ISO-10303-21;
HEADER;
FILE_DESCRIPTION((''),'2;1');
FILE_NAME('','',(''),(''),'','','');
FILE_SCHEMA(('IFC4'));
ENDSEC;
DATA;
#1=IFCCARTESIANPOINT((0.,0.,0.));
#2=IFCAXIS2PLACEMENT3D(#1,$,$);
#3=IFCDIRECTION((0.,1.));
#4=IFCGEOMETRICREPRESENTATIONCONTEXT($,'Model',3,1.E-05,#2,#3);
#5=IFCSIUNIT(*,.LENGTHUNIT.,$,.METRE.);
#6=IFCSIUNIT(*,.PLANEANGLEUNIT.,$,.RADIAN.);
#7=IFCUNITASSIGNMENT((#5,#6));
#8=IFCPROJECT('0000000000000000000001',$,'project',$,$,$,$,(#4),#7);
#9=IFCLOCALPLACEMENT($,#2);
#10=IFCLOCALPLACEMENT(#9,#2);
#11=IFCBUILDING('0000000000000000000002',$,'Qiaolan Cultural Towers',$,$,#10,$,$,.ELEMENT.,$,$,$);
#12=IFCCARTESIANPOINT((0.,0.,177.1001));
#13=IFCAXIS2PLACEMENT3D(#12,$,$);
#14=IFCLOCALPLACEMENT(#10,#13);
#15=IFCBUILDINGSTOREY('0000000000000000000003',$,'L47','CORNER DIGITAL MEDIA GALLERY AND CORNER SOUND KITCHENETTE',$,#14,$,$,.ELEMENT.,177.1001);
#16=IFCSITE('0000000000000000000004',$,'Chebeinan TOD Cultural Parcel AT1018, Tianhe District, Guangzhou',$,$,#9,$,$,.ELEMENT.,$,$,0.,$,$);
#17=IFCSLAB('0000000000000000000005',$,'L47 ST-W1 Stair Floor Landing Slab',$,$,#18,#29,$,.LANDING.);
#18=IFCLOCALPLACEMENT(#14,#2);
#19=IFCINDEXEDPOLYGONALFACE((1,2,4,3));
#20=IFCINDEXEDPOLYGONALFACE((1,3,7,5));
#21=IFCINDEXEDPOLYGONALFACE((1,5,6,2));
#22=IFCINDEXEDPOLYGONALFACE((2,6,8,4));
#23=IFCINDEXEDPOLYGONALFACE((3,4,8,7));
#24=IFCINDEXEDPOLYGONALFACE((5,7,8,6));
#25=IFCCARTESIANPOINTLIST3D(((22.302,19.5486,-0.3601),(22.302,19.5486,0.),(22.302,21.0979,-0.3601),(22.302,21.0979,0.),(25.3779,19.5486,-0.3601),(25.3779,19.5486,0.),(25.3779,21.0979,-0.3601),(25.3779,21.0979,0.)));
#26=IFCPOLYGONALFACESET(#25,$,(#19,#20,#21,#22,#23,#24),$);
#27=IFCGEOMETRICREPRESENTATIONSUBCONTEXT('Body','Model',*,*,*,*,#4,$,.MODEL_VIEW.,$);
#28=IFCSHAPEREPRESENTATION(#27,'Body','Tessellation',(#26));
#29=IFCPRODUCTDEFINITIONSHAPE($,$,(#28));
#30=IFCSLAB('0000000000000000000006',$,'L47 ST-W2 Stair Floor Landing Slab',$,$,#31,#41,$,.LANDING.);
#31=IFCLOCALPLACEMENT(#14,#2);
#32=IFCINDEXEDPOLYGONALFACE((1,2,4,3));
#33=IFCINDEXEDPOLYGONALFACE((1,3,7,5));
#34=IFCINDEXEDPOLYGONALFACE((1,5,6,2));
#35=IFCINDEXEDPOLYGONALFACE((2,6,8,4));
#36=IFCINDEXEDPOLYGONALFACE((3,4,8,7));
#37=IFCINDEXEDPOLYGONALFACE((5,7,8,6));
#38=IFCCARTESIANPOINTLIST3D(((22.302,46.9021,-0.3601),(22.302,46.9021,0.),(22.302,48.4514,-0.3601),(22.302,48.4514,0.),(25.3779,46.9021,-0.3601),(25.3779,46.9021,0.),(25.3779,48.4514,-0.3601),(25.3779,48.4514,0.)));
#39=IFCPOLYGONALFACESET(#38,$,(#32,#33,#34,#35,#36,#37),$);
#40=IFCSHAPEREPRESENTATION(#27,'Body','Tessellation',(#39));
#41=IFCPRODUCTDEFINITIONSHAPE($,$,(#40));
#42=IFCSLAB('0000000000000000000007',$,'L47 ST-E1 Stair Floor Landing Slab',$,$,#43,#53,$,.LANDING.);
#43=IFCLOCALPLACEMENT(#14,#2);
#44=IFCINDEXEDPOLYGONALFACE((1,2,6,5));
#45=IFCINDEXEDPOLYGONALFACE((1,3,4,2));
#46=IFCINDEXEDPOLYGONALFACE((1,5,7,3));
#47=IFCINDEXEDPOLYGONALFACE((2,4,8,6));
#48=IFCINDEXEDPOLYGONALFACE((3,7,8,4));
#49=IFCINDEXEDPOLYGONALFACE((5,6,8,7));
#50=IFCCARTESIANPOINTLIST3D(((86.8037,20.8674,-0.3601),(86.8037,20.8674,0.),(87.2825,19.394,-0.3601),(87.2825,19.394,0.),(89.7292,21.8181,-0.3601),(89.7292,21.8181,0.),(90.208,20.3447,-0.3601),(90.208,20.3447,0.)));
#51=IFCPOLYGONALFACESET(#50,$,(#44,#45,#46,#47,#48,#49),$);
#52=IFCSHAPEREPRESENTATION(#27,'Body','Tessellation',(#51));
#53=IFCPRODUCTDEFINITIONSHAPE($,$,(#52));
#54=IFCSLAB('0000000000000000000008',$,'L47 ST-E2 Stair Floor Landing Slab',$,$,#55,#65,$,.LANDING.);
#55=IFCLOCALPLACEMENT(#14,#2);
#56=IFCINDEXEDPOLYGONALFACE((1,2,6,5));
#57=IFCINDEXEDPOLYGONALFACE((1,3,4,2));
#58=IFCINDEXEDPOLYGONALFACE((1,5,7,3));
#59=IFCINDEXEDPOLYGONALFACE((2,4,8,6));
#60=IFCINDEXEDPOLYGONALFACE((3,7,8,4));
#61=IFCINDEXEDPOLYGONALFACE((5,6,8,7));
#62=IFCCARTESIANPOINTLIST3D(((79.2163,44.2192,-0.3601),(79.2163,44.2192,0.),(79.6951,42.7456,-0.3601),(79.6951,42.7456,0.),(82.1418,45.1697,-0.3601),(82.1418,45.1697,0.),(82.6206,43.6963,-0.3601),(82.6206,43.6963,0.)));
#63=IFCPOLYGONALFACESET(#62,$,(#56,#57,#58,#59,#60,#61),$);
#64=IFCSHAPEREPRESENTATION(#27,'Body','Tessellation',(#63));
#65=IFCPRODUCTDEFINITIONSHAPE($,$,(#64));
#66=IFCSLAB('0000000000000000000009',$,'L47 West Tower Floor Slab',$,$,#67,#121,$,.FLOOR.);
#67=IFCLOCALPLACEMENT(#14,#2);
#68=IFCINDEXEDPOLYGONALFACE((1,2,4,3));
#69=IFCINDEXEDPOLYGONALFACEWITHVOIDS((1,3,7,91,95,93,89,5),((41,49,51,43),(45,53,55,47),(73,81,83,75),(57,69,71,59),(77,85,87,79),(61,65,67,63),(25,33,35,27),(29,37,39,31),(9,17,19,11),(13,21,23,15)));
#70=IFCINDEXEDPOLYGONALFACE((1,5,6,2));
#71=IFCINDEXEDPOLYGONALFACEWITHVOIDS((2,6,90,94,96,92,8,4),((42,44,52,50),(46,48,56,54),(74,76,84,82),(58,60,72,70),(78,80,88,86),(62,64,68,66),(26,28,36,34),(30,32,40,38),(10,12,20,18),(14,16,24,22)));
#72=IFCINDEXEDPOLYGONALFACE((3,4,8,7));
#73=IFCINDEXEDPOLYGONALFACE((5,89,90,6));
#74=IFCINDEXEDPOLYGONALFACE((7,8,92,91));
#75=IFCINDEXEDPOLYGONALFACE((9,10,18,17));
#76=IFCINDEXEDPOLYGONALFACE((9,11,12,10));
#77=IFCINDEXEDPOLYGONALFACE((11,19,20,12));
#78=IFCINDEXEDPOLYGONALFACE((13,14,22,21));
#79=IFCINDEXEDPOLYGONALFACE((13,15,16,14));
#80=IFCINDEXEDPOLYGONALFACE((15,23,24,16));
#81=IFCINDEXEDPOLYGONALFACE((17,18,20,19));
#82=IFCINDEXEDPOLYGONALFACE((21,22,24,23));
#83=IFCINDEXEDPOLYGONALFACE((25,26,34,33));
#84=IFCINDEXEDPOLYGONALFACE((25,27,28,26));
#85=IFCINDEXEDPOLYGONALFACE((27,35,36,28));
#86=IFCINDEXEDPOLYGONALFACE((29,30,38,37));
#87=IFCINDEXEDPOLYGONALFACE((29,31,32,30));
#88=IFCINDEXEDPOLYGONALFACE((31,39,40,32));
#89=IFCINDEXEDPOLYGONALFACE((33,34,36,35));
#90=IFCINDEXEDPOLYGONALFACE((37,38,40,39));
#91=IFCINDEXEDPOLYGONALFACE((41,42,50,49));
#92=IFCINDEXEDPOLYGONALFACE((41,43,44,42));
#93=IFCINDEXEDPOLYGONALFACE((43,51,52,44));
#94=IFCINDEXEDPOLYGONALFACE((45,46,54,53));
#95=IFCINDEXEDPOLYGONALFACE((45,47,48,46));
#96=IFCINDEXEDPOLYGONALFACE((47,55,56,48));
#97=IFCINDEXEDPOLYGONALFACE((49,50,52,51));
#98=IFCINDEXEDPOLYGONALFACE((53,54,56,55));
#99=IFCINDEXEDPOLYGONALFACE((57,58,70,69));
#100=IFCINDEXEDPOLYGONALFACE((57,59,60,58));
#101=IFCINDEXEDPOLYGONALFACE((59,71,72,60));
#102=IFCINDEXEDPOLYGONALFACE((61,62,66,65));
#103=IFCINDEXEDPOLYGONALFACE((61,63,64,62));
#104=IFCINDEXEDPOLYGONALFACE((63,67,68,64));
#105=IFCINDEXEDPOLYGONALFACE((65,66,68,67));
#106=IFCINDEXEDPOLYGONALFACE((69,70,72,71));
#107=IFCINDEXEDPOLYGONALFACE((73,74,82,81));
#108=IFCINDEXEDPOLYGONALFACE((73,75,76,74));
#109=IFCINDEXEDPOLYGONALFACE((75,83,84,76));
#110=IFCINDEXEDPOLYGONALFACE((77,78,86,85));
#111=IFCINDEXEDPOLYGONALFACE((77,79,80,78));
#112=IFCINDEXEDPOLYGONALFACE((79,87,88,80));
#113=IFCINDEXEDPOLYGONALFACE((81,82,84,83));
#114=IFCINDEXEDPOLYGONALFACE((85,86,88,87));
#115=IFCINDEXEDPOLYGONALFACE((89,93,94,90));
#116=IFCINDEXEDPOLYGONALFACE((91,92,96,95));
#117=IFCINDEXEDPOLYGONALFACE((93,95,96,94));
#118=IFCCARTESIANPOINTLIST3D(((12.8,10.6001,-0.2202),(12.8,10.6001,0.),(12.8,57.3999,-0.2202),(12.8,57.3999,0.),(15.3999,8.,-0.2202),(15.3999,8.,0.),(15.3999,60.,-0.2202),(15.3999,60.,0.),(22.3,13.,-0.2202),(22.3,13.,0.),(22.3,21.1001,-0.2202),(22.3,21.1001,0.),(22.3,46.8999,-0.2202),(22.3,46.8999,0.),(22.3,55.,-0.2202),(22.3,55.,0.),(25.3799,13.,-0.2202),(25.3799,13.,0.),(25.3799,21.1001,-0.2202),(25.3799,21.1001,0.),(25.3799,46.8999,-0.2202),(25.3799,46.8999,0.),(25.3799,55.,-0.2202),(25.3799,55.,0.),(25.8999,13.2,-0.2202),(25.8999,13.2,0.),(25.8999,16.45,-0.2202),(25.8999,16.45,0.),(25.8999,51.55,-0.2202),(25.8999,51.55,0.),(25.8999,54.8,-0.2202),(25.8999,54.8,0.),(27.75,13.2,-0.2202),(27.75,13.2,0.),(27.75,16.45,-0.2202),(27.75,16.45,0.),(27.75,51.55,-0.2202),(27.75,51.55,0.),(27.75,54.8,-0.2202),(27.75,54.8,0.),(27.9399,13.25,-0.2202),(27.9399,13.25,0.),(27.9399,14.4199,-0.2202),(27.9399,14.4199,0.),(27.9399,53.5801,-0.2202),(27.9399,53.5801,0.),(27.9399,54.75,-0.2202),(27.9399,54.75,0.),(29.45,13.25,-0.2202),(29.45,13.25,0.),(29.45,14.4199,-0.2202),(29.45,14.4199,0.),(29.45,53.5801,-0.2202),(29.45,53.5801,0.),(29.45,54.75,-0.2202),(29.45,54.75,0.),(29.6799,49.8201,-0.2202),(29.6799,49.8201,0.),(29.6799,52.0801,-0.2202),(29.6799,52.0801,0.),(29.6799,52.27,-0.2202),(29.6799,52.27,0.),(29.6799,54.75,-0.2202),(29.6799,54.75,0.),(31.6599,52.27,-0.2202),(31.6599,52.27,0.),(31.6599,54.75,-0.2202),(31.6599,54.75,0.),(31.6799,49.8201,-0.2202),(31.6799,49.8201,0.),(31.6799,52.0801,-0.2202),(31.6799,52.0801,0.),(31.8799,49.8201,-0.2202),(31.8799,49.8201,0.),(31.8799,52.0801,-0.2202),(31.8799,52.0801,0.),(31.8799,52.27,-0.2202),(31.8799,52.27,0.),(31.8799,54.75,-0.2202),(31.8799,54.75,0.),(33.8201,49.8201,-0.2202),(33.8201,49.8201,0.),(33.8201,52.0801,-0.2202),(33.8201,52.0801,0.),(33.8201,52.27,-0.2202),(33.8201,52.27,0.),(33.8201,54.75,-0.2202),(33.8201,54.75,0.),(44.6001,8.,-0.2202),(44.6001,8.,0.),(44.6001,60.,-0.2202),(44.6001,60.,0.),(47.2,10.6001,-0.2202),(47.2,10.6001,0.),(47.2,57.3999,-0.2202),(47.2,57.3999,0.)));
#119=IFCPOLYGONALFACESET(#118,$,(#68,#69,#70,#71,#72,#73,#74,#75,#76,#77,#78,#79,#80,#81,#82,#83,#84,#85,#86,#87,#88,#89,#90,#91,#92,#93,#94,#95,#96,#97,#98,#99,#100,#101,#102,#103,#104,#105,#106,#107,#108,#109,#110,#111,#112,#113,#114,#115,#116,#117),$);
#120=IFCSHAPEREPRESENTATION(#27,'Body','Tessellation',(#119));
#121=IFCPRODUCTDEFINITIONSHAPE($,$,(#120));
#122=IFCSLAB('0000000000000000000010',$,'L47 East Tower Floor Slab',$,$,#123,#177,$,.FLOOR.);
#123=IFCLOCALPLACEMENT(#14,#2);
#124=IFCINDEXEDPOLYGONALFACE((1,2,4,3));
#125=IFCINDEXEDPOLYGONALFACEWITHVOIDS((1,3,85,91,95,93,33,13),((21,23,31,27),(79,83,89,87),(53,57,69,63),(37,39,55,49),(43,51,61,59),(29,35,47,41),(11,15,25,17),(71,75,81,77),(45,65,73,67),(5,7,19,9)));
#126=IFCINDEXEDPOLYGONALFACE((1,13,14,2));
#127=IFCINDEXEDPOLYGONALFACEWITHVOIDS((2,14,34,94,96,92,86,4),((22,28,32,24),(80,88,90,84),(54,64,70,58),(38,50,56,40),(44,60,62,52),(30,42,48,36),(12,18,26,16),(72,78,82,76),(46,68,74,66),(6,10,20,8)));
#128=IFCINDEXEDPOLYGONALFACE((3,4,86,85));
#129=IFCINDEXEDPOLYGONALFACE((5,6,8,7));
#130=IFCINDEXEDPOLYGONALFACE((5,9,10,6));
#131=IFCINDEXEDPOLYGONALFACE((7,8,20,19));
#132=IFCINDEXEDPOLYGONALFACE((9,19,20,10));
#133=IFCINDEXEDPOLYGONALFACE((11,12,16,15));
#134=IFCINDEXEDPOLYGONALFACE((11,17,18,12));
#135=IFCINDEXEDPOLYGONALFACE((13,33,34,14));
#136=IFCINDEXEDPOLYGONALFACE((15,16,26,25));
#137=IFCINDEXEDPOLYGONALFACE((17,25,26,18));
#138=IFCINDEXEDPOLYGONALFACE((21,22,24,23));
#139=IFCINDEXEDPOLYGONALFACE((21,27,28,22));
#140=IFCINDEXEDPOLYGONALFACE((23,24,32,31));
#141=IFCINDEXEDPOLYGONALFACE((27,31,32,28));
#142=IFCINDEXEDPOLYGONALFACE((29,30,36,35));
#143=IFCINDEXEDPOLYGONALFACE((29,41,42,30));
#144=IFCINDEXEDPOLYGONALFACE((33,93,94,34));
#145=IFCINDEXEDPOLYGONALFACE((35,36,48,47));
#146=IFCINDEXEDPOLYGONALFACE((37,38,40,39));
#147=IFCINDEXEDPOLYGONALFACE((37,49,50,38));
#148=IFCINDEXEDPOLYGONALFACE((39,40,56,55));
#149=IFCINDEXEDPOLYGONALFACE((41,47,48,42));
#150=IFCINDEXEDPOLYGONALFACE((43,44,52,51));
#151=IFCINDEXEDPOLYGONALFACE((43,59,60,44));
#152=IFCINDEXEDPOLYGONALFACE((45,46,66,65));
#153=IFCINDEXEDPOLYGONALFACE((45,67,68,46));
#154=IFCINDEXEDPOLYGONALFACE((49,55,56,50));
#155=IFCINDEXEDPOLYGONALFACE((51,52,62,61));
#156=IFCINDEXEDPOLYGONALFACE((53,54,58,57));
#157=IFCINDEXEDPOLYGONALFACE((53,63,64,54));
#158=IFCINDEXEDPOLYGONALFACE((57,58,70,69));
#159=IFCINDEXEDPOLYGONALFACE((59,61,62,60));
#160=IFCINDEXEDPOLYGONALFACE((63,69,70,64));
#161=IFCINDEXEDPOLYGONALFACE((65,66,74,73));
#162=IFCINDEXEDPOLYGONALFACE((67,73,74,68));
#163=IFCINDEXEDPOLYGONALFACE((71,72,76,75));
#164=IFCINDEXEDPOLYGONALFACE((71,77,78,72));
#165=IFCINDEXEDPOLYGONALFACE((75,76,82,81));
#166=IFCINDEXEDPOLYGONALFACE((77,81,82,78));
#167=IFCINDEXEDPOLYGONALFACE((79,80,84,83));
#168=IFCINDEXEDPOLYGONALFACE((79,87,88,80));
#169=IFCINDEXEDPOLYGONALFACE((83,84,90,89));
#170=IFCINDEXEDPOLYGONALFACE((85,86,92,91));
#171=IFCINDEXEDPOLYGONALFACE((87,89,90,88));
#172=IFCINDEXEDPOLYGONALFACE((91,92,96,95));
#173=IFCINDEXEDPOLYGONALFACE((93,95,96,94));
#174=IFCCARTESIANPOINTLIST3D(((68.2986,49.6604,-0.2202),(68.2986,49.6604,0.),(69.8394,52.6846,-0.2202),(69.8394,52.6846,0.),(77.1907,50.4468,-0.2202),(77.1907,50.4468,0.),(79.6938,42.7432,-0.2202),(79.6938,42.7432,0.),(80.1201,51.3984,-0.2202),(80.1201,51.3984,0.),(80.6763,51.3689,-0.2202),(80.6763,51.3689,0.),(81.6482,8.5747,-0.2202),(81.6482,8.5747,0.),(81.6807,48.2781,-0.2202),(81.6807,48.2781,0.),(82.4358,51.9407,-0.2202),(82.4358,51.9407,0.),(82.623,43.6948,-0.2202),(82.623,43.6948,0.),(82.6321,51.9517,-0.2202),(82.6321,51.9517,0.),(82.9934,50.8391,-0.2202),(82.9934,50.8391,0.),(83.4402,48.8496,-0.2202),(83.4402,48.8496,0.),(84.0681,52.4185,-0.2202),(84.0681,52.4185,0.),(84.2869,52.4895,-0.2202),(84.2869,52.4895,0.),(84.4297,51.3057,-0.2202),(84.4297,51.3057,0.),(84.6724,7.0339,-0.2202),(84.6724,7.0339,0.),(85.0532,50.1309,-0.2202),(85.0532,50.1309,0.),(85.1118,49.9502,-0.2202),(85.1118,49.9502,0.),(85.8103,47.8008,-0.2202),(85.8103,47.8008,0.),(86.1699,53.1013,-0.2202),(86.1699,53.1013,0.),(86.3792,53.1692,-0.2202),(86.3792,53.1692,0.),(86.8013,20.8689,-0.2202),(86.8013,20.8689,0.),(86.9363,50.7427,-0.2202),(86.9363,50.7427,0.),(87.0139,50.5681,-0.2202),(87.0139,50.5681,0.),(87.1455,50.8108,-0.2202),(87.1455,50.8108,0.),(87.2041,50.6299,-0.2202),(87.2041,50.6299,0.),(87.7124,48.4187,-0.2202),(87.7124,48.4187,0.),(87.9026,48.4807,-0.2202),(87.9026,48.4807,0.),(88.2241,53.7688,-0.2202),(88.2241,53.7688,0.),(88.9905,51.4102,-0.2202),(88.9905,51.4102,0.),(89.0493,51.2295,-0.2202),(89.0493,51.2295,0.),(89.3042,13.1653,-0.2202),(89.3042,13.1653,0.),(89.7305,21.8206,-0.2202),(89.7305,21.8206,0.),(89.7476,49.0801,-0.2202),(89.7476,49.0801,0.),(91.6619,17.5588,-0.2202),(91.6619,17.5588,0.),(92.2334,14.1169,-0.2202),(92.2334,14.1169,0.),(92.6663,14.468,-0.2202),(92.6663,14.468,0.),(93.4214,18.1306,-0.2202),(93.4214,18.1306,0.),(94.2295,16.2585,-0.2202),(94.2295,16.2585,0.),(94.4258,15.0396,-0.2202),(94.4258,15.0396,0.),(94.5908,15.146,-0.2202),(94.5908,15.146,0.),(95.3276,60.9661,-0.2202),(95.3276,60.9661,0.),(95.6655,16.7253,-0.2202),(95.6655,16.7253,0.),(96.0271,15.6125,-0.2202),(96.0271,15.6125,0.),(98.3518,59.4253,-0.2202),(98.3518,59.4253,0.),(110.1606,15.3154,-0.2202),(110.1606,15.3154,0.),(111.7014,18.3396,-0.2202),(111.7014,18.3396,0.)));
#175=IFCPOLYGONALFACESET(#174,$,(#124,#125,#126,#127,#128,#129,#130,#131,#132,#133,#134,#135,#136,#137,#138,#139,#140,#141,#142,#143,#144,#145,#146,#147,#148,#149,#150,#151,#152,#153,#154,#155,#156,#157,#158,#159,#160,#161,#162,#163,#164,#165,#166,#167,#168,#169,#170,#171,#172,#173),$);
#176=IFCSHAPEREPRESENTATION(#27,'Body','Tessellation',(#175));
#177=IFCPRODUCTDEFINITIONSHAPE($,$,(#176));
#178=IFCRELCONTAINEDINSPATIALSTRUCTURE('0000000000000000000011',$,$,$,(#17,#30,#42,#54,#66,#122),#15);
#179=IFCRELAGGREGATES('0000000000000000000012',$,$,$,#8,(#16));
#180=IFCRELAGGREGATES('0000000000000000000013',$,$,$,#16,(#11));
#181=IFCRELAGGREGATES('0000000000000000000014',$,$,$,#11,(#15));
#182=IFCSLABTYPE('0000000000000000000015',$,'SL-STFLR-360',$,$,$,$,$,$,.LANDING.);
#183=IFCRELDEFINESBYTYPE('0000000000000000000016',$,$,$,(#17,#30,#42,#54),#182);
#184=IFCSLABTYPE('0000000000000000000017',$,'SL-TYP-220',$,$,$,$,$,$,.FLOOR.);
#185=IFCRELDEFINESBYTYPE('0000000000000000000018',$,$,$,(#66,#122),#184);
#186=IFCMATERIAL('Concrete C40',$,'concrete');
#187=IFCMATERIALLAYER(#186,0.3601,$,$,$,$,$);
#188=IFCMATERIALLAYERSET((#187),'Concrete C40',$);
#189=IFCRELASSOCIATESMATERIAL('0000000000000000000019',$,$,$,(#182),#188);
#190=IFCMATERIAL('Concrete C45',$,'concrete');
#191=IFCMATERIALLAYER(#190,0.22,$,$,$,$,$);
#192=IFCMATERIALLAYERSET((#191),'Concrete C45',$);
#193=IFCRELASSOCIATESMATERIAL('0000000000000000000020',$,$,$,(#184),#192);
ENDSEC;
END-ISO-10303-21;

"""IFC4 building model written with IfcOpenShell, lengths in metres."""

from ifc_helpers import new_model, si_unit, direction, frame, origin, place, context, subcontext, project, spatial, polyline, outline, extrude, material, layer, layer_set, type_object, element, save


model = new_model("IFC4")

# Units and contexts
model_context = context("Model", 3, precision=1e-05, world=origin(), true_north=direction((0.0, 1.0)))
body_context = subcontext(model_context, "Body", "Model", "MODEL_VIEW")
ifc_project = project(units=[si_unit("LENGTHUNIT", "METRE"), si_unit("PLANEANGLEUNIT", "RADIAN")], contexts=[model_context])

# Site, building, storey
site_placement = place(None, origin())
site = spatial("IfcSite", under=ifc_project, at=site_placement, Name="Chebeinan TOD Cultural Parcel AT1018, Tianhe District, Guangzhou", CompositionType="ELEMENT", RefElevation=0.0)
building_placement = place(site_placement, origin())
building = spatial("IfcBuilding", under=site, at=building_placement, Name="Qiaolan Cultural Towers", CompositionType="ELEMENT")
storey_placement = place(building_placement, frame((0.0, 0.0, 177.1001)))
storey = spatial("IfcBuildingStorey", under=building, at=storey_placement, Name="L47", Description="CORNER DIGITAL MEDIA GALLERY AND CORNER SOUND KITCHENETTE", CompositionType="ELEMENT", Elevation=177.1001)

# Slabs
ifc_material_1 = material(Name="Concrete C40", Category="concrete")
ifc_layer_1 = layer(ifc_material_1, 0.3601)
ifc_layer_set_1 = layer_set([ifc_layer_1], Name="Concrete C40")
slab_type_1 = type_object("IfcSlabType", Name="SL-STFLR-360", PredefinedType="LANDING", material=ifc_layer_set_1)
slab_1_placement = place(storey_placement, frame((0.0, 0.0, -0.3601)))
element("IfcSlab", 1, at=slab_1_placement, inside=storey, type_object=slab_type_1, Name="L47 ST-W1 Stair Floor Landing Slab", PredefinedType="LANDING", context=body_context, shape_type="SweptSolid", body=[
    extrude(outline(polyline([(22.302, 21.0979), (22.302, 19.5486), (25.3779, 19.5486), (25.3779, 21.0979), (22.302, 21.0979)])), origin(), (0.0, 0.0, 1.0), 0.3601),
])
slab_2_placement = place(storey_placement, frame((0.0, 0.0, -0.3601)))
element("IfcSlab", 2, at=slab_2_placement, inside=storey, type_object=slab_type_1, Name="L47 ST-W2 Stair Floor Landing Slab", PredefinedType="LANDING", context=body_context, shape_type="SweptSolid", body=[
    extrude(outline(polyline([(25.3779, 46.9021), (25.3779, 48.4514), (22.302, 48.4514), (22.302, 46.9021), (25.3779, 46.9021)])), origin(), (0.0, 0.0, 1.0), 0.3601),
])
slab_3_placement = place(storey_placement, frame((0.0, 0.0, -0.3601)))
element("IfcSlab", 3, at=slab_3_placement, inside=storey, type_object=slab_type_1, Name="L47 ST-E1 Stair Floor Landing Slab", PredefinedType="LANDING", context=body_context, shape_type="SweptSolid", body=[
    extrude(outline(polyline([(86.8037, 20.8674), (87.2825, 19.394), (90.208, 20.3447), (89.7292, 21.8181), (86.8037, 20.8674)])), origin(), (0.0, 0.0, 1.0), 0.3601),
])
slab_4_placement = place(storey_placement, frame((0.0, 0.0, -0.3601)))
element("IfcSlab", 4, at=slab_4_placement, inside=storey, type_object=slab_type_1, Name="L47 ST-E2 Stair Floor Landing Slab", PredefinedType="LANDING", context=body_context, shape_type="SweptSolid", body=[
    extrude(outline(polyline([(82.6206, 43.6963), (82.1418, 45.1697), (79.2163, 44.2192), (79.6951, 42.7456), (82.6206, 43.6963)])), origin(), (0.0, 0.0, 1.0), 0.3601),
])
ifc_material_2 = material(Name="Concrete C45", Category="concrete")
ifc_layer_2 = layer(ifc_material_2, 0.22)
ifc_layer_set_2 = layer_set([ifc_layer_2], Name="Concrete C45")
slab_type_2 = type_object("IfcSlabType", Name="SL-TYP-220", PredefinedType="FLOOR", material=ifc_layer_set_2)
slab_5_placement = place(storey_placement, frame((0.0, 0.0, -0.2202)))
element("IfcSlab", 5, at=slab_5_placement, inside=storey, type_object=slab_type_2, Name="L47 West Tower Floor Slab", PredefinedType="FLOOR", context=body_context, shape_type="SweptSolid", body=[
    extrude(outline(polyline([(15.3999, 8.0), (44.6001, 8.0), (47.2, 10.6001), (47.2, 57.3999), (44.6001, 60.0), (15.3999, 60.0), (12.8, 57.3999), (12.8, 10.6001), (15.3999, 8.0)]), holes=[polyline([(22.3, 21.1001), (22.3, 13.0), (25.3799, 13.0), (25.3799, 21.1001), (22.3, 21.1001)]), polyline([(25.3799, 46.8999), (25.3799, 55.0), (22.3, 55.0), (22.3, 46.8999), (25.3799, 46.8999)]), polyline([(25.8999, 13.2), (27.75, 13.2), (27.75, 16.45), (25.8999, 16.45), (25.8999, 13.2)]), polyline([(27.9399, 13.25), (29.45, 13.25), (29.45, 14.4199), (27.9399, 14.4199), (27.9399, 13.25)]), polyline([(25.8999, 51.55), (27.75, 51.55), (27.75, 54.8), (25.8999, 54.8), (25.8999, 51.55)]), polyline([(27.9399, 53.5801), (29.45, 53.5801), (29.45, 54.75), (27.9399, 54.75), (27.9399, 53.5801)]), polyline([(29.6799, 49.8201), (31.6799, 49.8201), (31.6799, 52.0801), (29.6799, 52.0801), (29.6799, 49.8201)]), polyline([(31.8799, 49.8201), (33.8201, 49.8201), (33.8201, 52.0801), (31.8799, 52.0801), (31.8799, 49.8201)]), polyline([(29.6799, 52.27), (31.6599, 52.27), (31.6599, 54.75), (29.6799, 54.75), (29.6799, 52.27)]), polyline([(31.8799, 52.27), (33.8201, 52.27), (33.8201, 54.75), (31.8799, 54.75), (31.8799, 52.27)])]), origin(), (0.0, 0.0, 1.0), 0.2202),
])
slab_6_placement = place(storey_placement, frame((0.0, 0.0, -0.2202)))
element("IfcSlab", 6, at=slab_6_placement, inside=storey, type_object=slab_type_2, Name="L47 East Tower Floor Slab", PredefinedType="FLOOR", context=body_context, shape_type="SweptSolid", body=[
    extrude(outline(polyline([(84.6724, 7.0339), (110.1606, 15.3154), (111.7014, 18.3396), (98.3518, 59.4253), (95.3276, 60.9661), (69.8394, 52.6846), (68.2986, 49.6604), (81.6482, 8.5747), (84.6724, 7.0339)]), holes=[polyline([(86.8013, 20.8689), (89.3042, 13.1653), (92.2334, 14.1169), (89.7305, 21.8206), (86.8013, 20.8689)]), polyline([(82.623, 43.6948), (80.1201, 51.3984), (77.1907, 50.4468), (79.6938, 42.7432), (82.623, 43.6948)]), polyline([(92.6663, 14.468), (94.4258, 15.0396), (93.4214, 18.1306), (91.6619, 17.5588), (92.6663, 14.468)]), polyline([(94.5908, 15.146), (96.0271, 15.6125), (95.6655, 16.7253), (94.2295, 16.2585), (94.5908, 15.146)]), polyline([(81.6807, 48.2781), (83.4402, 48.8496), (82.4358, 51.9407), (80.6763, 51.3689), (81.6807, 48.2781)]), polyline([(82.9934, 50.8391), (84.4297, 51.3057), (84.0681, 52.4185), (82.6321, 51.9517), (82.9934, 50.8391)]), polyline([(85.8103, 47.8008), (87.7124, 48.4187), (87.0139, 50.5681), (85.1118, 49.9502), (85.8103, 47.8008)]), polyline([(87.9026, 48.4807), (89.7476, 49.0801), (89.0493, 51.2295), (87.2041, 50.6299), (87.9026, 48.4807)]), polyline([(85.0532, 50.1309), (86.9363, 50.7427), (86.1699, 53.1013), (84.2869, 52.4895), (85.0532, 50.1309)]), polyline([(87.1455, 50.8108), (88.9905, 51.4102), (88.2241, 53.7688), (86.3792, 53.1692), (87.1455, 50.8108)])]), origin(), (0.0, 0.0, 1.0), 0.2202),
])

save(model, "model.ifc")
